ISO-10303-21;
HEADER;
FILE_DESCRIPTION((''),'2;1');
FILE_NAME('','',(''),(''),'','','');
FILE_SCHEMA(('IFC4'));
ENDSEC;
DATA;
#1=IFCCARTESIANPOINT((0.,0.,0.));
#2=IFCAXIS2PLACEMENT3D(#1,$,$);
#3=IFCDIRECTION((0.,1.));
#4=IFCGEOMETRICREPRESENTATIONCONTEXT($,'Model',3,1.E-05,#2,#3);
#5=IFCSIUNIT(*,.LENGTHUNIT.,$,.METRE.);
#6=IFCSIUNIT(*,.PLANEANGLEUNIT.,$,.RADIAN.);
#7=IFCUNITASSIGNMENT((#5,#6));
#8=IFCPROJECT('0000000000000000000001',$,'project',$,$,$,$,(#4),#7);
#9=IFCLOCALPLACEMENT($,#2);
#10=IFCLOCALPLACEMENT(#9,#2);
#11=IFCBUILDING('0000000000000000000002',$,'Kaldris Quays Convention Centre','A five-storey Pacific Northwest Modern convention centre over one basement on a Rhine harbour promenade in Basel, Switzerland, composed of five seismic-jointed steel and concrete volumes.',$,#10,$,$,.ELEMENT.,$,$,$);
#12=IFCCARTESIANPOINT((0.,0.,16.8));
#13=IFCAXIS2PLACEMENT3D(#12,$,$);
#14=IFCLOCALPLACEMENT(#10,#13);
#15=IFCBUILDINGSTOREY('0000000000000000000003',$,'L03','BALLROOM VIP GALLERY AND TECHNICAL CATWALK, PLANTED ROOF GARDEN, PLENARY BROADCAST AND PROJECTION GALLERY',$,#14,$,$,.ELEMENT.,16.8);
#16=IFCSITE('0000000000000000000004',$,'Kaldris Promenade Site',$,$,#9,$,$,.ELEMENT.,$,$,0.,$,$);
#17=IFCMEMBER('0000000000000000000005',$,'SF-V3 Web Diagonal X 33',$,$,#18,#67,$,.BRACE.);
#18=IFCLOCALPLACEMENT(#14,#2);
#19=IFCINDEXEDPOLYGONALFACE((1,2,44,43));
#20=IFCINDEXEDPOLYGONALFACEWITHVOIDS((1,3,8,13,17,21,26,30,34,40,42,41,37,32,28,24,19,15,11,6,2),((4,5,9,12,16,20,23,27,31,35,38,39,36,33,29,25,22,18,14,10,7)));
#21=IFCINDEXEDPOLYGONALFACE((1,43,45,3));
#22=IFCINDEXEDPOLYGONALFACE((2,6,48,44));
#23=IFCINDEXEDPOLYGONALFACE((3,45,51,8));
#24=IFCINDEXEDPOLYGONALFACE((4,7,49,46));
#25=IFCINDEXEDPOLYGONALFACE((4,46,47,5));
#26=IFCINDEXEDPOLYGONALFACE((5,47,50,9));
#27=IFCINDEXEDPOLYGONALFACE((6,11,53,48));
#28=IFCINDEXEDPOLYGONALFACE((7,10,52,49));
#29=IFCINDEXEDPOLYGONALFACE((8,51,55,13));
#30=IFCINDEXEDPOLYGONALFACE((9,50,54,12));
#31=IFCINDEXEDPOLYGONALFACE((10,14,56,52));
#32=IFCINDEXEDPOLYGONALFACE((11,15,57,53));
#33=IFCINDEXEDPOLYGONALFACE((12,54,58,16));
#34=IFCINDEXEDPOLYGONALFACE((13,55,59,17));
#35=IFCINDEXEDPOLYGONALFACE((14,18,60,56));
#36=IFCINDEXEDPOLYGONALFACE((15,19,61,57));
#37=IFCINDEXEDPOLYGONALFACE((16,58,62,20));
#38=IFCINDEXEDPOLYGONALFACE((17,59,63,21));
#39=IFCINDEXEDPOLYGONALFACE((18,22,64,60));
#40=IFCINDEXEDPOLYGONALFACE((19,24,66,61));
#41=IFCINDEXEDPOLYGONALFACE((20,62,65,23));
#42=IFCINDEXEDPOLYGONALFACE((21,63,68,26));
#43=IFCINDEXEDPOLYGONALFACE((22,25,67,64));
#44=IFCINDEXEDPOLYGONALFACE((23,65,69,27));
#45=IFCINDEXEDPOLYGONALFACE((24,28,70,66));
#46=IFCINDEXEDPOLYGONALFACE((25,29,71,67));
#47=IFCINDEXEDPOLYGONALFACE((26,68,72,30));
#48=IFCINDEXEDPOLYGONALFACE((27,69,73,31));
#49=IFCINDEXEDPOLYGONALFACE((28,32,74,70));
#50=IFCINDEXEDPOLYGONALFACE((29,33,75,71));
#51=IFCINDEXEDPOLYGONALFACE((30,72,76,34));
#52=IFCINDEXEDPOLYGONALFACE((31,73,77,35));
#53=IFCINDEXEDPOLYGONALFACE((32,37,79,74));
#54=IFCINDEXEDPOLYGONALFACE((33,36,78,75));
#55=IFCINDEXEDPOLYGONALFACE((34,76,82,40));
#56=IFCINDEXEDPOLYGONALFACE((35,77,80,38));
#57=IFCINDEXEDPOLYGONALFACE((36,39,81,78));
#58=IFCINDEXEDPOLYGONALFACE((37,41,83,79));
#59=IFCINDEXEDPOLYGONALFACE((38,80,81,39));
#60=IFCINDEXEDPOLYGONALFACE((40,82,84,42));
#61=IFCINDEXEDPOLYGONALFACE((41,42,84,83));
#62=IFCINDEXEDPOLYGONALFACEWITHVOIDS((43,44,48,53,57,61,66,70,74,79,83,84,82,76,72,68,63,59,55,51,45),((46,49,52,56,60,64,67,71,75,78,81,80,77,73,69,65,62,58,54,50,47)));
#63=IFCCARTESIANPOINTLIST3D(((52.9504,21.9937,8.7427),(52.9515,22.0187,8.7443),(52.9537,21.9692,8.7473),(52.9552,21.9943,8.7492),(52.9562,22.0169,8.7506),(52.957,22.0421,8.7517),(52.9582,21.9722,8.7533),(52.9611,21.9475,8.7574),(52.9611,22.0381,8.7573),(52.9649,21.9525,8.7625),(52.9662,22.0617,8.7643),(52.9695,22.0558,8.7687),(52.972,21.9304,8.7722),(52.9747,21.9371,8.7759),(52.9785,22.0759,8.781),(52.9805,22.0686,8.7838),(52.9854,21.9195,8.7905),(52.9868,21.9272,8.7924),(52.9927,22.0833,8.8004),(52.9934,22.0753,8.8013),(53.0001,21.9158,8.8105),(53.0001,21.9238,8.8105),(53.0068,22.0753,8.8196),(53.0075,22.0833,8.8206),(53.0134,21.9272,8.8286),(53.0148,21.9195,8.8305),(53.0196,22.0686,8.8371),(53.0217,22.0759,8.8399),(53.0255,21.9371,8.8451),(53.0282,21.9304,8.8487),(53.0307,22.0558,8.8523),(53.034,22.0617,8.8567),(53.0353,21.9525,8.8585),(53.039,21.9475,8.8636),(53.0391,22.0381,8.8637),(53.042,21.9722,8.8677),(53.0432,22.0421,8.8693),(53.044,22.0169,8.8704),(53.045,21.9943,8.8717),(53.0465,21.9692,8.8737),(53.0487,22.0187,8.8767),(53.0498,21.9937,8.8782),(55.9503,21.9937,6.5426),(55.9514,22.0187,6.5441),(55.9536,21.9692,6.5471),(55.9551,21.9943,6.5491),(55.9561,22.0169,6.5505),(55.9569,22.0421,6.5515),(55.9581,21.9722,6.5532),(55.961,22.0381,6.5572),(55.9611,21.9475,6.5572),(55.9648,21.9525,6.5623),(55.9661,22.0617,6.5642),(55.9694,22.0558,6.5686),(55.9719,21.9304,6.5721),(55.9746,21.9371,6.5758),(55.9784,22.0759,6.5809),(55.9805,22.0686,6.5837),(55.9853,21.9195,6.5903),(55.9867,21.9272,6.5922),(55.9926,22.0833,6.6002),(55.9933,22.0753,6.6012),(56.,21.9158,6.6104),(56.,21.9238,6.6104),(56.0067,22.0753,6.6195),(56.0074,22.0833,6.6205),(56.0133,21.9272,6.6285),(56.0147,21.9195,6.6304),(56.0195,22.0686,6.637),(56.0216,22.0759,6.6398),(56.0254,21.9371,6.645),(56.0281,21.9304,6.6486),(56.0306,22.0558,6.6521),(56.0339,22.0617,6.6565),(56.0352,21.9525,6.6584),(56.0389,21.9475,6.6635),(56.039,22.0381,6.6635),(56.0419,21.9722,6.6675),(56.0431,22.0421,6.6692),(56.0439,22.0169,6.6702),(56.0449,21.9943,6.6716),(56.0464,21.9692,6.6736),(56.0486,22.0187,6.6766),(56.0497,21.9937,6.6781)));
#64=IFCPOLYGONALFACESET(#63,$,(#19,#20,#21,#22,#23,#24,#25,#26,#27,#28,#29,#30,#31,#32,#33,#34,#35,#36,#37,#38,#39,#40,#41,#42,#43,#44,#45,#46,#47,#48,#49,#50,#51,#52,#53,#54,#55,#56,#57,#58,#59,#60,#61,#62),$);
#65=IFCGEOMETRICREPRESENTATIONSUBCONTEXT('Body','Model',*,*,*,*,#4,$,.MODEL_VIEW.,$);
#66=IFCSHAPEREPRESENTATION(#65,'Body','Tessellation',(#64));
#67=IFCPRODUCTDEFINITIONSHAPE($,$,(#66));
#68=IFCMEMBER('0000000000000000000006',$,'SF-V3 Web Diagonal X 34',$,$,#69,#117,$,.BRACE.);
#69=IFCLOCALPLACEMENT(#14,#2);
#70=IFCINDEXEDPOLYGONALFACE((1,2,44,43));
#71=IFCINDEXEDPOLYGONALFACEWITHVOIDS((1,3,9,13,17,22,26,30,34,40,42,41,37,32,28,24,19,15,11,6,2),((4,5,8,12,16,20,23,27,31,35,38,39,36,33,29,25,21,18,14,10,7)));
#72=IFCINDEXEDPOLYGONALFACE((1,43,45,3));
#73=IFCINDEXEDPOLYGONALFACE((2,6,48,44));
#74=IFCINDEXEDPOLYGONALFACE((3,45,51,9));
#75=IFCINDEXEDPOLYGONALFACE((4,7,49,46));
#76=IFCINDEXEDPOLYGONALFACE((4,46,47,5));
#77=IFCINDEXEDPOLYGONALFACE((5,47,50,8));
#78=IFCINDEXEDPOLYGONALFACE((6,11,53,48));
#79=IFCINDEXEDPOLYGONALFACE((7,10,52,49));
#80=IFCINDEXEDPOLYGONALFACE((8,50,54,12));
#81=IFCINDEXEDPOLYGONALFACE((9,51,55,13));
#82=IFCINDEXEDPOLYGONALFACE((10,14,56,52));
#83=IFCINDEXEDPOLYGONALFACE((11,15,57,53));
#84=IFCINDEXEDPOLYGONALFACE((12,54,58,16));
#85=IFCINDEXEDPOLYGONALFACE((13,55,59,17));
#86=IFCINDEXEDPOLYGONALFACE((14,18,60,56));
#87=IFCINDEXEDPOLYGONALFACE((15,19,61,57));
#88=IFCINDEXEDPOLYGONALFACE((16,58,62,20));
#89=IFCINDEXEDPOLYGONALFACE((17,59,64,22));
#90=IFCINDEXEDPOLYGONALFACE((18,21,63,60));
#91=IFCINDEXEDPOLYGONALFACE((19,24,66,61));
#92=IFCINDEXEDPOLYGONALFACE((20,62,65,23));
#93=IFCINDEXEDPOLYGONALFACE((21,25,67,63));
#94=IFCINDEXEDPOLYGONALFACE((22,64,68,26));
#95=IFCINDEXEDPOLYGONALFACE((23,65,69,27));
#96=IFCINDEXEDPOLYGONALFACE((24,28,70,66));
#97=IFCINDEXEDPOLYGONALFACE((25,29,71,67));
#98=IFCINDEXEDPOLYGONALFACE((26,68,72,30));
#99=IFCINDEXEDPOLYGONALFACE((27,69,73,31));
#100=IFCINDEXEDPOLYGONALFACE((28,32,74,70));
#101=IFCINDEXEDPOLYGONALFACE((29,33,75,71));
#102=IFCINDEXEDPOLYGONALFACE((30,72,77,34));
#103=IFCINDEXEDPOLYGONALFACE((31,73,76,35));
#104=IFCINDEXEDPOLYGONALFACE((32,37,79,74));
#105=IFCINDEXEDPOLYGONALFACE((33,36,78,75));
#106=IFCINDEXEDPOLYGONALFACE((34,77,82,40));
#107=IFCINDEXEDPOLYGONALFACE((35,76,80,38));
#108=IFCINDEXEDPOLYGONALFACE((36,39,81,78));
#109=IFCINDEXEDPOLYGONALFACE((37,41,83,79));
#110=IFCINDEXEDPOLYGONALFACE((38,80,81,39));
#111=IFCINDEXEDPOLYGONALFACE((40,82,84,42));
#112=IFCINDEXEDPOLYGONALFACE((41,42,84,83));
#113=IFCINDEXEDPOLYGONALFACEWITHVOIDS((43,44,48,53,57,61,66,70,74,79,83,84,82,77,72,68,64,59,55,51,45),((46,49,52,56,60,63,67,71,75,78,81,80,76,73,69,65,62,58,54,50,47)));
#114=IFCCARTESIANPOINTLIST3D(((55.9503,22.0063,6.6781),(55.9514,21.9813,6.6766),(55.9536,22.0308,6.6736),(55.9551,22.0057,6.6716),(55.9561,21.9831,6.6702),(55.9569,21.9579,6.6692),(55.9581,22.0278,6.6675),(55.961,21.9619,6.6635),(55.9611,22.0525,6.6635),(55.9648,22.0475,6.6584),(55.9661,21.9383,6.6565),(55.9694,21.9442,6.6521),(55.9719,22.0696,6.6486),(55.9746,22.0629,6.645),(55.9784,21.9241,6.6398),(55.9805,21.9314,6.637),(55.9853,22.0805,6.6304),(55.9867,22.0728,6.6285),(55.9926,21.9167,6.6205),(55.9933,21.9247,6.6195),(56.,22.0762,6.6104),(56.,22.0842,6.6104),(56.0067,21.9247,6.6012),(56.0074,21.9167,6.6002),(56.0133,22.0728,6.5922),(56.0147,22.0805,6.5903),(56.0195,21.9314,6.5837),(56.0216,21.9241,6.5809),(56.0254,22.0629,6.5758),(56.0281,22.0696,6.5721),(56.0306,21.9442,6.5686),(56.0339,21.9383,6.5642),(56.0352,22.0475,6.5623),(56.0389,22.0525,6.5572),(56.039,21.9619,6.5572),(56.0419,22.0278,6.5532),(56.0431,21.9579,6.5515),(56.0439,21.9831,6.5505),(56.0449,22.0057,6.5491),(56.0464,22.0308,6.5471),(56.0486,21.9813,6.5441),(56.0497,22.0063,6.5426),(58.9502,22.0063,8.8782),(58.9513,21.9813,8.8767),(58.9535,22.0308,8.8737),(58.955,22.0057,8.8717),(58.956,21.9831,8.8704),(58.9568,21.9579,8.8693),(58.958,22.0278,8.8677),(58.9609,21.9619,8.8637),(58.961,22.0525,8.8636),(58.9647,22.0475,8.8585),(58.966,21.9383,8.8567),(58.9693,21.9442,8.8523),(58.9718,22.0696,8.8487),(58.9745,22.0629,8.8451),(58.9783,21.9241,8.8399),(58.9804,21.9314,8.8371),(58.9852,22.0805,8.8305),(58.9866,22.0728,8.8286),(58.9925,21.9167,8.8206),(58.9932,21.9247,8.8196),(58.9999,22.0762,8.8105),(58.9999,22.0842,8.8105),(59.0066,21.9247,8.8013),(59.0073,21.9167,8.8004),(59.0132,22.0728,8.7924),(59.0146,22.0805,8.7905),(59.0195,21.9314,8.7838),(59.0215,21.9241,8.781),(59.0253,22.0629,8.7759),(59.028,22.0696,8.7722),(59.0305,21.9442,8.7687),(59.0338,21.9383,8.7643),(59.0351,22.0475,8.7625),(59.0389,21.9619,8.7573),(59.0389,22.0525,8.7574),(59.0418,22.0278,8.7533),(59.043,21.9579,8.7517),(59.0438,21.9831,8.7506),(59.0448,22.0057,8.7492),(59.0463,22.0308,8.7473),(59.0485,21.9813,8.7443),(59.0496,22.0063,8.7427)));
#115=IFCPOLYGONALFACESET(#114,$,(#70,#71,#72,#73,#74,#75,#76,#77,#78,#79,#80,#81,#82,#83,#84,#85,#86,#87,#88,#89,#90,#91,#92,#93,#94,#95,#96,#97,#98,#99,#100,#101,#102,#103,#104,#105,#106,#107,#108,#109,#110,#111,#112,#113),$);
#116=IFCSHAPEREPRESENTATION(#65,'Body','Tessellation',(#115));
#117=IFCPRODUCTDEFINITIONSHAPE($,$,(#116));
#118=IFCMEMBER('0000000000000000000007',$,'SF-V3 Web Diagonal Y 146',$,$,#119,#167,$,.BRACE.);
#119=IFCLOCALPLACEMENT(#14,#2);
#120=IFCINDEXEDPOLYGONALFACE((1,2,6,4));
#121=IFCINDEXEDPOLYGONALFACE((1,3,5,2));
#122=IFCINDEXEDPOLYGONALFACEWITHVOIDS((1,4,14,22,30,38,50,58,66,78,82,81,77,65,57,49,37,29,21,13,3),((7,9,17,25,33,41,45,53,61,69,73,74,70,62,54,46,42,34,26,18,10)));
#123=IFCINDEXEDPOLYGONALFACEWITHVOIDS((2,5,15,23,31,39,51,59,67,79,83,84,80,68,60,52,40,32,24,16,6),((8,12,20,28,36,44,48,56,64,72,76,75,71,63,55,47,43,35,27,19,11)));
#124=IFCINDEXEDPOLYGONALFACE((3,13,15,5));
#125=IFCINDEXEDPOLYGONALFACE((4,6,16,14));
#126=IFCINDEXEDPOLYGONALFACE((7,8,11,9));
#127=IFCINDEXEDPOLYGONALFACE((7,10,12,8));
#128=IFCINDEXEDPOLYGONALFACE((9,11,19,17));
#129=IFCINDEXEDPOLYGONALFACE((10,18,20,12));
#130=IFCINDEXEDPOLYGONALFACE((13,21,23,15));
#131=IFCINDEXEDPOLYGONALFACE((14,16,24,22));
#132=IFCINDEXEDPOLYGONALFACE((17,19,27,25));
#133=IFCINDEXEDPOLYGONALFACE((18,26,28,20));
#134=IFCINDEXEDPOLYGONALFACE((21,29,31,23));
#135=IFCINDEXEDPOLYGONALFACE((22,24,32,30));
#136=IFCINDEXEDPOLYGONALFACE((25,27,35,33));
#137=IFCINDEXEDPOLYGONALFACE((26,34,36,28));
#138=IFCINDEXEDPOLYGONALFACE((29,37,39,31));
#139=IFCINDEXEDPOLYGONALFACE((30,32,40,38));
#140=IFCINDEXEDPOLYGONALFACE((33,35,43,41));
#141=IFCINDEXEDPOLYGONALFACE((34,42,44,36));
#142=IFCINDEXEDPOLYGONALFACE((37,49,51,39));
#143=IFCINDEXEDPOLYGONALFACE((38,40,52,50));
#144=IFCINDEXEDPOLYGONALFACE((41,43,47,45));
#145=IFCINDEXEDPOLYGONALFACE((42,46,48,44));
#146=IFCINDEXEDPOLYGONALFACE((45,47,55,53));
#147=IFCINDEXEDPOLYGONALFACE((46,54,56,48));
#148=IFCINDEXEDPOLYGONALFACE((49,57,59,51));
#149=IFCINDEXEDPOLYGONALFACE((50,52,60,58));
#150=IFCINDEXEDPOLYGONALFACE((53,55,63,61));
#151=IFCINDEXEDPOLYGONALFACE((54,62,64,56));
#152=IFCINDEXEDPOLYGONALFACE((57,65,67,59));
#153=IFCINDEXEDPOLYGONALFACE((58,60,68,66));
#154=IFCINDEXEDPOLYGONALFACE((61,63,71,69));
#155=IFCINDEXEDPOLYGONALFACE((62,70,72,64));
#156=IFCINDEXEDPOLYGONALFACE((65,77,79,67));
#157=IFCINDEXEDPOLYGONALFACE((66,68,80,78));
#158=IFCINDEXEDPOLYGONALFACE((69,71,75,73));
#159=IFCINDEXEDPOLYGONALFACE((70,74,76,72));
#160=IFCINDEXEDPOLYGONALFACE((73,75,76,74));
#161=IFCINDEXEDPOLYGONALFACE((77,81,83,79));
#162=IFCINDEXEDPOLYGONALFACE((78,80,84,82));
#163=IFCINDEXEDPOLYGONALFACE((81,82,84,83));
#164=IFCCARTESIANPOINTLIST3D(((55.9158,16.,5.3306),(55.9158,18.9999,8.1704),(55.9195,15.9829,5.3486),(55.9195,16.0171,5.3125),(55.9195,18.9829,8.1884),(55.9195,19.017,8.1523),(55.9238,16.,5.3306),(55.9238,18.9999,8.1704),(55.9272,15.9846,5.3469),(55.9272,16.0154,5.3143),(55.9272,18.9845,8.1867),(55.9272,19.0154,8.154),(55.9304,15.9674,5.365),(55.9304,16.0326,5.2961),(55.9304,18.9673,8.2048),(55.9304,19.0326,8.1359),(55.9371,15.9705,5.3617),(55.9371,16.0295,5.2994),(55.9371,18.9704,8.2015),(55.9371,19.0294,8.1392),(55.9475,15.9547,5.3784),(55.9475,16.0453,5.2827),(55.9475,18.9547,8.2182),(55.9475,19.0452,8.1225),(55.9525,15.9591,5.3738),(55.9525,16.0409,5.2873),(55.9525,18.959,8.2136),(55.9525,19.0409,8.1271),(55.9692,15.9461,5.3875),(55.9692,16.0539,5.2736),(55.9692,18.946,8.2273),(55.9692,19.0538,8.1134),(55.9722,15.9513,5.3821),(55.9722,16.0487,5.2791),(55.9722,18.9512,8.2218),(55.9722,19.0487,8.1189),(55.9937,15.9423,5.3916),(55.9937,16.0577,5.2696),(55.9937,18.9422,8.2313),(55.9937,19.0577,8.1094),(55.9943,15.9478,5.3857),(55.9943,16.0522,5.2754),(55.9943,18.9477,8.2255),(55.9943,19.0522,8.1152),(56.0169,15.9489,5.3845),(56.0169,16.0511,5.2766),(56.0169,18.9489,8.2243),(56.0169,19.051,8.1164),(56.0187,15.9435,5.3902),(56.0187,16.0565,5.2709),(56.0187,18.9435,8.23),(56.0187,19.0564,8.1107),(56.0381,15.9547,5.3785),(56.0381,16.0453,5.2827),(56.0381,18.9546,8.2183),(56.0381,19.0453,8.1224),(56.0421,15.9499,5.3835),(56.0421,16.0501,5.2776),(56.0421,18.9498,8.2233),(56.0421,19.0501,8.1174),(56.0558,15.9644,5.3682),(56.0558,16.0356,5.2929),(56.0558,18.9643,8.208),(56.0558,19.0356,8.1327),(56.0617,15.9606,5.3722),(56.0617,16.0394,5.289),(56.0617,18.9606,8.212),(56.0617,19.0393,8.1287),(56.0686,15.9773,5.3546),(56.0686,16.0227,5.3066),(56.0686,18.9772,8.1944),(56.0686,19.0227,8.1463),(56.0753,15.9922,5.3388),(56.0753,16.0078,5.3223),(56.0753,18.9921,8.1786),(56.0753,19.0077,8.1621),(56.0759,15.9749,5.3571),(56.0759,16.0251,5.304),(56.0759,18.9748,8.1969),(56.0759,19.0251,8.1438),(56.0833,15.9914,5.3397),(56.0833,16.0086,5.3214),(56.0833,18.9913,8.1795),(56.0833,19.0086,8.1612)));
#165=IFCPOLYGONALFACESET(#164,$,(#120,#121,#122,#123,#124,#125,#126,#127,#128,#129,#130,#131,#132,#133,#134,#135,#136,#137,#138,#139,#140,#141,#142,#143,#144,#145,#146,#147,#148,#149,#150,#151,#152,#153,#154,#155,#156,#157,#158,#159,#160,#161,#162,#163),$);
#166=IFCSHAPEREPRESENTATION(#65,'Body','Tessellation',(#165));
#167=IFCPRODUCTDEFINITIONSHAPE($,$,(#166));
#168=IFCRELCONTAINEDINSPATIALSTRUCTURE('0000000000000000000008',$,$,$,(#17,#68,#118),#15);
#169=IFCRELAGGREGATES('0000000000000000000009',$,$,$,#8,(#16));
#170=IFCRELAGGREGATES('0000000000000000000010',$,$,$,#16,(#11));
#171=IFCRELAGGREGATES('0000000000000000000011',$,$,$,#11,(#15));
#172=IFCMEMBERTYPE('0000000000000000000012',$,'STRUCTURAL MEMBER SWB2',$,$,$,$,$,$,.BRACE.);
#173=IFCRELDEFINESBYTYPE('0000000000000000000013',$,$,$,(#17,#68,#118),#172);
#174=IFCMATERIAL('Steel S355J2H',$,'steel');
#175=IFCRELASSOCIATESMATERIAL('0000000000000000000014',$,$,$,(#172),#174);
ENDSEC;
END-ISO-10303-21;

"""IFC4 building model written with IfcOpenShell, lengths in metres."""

from ifc_helpers import new_model, si_unit, direction, frame, origin, origin_2d, place, context, subcontext, project, spatial, hollow_circle, extrude, material, material_profile, profile_set, type_object, element, save


model = new_model("IFC4")

# Units and contexts
model_context = context("Model", 3, precision=1e-05, world=origin(), true_north=direction((0.0, 1.0)))
body_context = subcontext(model_context, "Body", "Model", "MODEL_VIEW")
ifc_project = project(units=[si_unit("LENGTHUNIT", "METRE"), si_unit("PLANEANGLEUNIT", "RADIAN")], contexts=[model_context])

# Site, building, storey
site_placement = place(None, origin())
site = spatial("IfcSite", under=ifc_project, at=site_placement, Name="Kaldris Promenade Site", CompositionType="ELEMENT", RefElevation=0.0)
building_placement = place(site_placement, origin())
building = spatial("IfcBuilding", under=site, at=building_placement, Name="Kaldris Quays Convention Centre", Description="A five-storey Pacific Northwest Modern convention centre over one basement on a Rhine harbour promenade in Basel, Switzerland, composed of five seismic-jointed steel and concrete volumes.", CompositionType="ELEMENT")
storey_placement = place(building_placement, frame((0.0, 0.0, 16.8)))
storey = spatial("IfcBuildingStorey", under=building, at=storey_placement, Name="L03", Description="BALLROOM VIP GALLERY AND TECHNICAL CATWALK, PLANTED ROOF GARDEN, PLENARY BROADCAST AND PROJECTION GALLERY", CompositionType="ELEMENT", Elevation=16.8)

# Members
ifc_material_1 = material(Name="Steel S355J2H", Category="steel")
ifc_material_profile_1 = material_profile(ifc_material_1, hollow_circle(Radius=0.0842, WallThickness=0.0081, at=origin_2d()), Name="CHS 168.3x8")
ifc_profile_set_1 = profile_set([ifc_material_profile_1], Name="Steel S355J2H")
member_type_1 = type_object("IfcMemberType", Name="STRUCTURAL MEMBER SWB2", PredefinedType="BRACE", material=ifc_profile_set_1)
for number, where, z_axis, x_axis, name in (
    (1, (56.0, 22.0, 6.6104), (-0.80638, 0.0, 0.591398), (0.0, -1.0, 0.0), "SF-V3 Web Diagonal X 33"),
    (2, (56.0, 22.0, 6.6104), (0.80638, 0.0, 0.591398), (0.0, 1.0, 0.0), "SF-V3 Web Diagonal X 34"),
):
    element("IfcMember", number, at=place(storey_placement, frame(where, z_axis=z_axis, x_axis=x_axis)), inside=storey, type_object=member_type_1, Name=name, PredefinedType="BRACE", context=body_context, shape_type="SweptSolid", body=[
        extrude(hollow_circle(Radius=0.0842, WallThickness=0.0081, at=origin_2d()), origin(), (0.0, 0.0, 1.0), 3.7202),
    ])
member_1_placement = place(storey_placement, frame((56.0, 16.0, 5.3306), z_axis=(0.0, 0.726226, 0.687456), x_axis=(-1.0, 0.0, 0.0)))
element("IfcMember", 3, at=member_1_placement, inside=storey, type_object=member_type_1, Name="SF-V3 Web Diagonal Y 146", PredefinedType="BRACE", context=body_context, shape_type="SweptSolid", body=[
    extrude(hollow_circle(Radius=0.0842, WallThickness=0.0081, at=origin_2d()), origin(), (0.0, 0.0, 1.0), 4.1309),
])

save(model, "model.ifc")
